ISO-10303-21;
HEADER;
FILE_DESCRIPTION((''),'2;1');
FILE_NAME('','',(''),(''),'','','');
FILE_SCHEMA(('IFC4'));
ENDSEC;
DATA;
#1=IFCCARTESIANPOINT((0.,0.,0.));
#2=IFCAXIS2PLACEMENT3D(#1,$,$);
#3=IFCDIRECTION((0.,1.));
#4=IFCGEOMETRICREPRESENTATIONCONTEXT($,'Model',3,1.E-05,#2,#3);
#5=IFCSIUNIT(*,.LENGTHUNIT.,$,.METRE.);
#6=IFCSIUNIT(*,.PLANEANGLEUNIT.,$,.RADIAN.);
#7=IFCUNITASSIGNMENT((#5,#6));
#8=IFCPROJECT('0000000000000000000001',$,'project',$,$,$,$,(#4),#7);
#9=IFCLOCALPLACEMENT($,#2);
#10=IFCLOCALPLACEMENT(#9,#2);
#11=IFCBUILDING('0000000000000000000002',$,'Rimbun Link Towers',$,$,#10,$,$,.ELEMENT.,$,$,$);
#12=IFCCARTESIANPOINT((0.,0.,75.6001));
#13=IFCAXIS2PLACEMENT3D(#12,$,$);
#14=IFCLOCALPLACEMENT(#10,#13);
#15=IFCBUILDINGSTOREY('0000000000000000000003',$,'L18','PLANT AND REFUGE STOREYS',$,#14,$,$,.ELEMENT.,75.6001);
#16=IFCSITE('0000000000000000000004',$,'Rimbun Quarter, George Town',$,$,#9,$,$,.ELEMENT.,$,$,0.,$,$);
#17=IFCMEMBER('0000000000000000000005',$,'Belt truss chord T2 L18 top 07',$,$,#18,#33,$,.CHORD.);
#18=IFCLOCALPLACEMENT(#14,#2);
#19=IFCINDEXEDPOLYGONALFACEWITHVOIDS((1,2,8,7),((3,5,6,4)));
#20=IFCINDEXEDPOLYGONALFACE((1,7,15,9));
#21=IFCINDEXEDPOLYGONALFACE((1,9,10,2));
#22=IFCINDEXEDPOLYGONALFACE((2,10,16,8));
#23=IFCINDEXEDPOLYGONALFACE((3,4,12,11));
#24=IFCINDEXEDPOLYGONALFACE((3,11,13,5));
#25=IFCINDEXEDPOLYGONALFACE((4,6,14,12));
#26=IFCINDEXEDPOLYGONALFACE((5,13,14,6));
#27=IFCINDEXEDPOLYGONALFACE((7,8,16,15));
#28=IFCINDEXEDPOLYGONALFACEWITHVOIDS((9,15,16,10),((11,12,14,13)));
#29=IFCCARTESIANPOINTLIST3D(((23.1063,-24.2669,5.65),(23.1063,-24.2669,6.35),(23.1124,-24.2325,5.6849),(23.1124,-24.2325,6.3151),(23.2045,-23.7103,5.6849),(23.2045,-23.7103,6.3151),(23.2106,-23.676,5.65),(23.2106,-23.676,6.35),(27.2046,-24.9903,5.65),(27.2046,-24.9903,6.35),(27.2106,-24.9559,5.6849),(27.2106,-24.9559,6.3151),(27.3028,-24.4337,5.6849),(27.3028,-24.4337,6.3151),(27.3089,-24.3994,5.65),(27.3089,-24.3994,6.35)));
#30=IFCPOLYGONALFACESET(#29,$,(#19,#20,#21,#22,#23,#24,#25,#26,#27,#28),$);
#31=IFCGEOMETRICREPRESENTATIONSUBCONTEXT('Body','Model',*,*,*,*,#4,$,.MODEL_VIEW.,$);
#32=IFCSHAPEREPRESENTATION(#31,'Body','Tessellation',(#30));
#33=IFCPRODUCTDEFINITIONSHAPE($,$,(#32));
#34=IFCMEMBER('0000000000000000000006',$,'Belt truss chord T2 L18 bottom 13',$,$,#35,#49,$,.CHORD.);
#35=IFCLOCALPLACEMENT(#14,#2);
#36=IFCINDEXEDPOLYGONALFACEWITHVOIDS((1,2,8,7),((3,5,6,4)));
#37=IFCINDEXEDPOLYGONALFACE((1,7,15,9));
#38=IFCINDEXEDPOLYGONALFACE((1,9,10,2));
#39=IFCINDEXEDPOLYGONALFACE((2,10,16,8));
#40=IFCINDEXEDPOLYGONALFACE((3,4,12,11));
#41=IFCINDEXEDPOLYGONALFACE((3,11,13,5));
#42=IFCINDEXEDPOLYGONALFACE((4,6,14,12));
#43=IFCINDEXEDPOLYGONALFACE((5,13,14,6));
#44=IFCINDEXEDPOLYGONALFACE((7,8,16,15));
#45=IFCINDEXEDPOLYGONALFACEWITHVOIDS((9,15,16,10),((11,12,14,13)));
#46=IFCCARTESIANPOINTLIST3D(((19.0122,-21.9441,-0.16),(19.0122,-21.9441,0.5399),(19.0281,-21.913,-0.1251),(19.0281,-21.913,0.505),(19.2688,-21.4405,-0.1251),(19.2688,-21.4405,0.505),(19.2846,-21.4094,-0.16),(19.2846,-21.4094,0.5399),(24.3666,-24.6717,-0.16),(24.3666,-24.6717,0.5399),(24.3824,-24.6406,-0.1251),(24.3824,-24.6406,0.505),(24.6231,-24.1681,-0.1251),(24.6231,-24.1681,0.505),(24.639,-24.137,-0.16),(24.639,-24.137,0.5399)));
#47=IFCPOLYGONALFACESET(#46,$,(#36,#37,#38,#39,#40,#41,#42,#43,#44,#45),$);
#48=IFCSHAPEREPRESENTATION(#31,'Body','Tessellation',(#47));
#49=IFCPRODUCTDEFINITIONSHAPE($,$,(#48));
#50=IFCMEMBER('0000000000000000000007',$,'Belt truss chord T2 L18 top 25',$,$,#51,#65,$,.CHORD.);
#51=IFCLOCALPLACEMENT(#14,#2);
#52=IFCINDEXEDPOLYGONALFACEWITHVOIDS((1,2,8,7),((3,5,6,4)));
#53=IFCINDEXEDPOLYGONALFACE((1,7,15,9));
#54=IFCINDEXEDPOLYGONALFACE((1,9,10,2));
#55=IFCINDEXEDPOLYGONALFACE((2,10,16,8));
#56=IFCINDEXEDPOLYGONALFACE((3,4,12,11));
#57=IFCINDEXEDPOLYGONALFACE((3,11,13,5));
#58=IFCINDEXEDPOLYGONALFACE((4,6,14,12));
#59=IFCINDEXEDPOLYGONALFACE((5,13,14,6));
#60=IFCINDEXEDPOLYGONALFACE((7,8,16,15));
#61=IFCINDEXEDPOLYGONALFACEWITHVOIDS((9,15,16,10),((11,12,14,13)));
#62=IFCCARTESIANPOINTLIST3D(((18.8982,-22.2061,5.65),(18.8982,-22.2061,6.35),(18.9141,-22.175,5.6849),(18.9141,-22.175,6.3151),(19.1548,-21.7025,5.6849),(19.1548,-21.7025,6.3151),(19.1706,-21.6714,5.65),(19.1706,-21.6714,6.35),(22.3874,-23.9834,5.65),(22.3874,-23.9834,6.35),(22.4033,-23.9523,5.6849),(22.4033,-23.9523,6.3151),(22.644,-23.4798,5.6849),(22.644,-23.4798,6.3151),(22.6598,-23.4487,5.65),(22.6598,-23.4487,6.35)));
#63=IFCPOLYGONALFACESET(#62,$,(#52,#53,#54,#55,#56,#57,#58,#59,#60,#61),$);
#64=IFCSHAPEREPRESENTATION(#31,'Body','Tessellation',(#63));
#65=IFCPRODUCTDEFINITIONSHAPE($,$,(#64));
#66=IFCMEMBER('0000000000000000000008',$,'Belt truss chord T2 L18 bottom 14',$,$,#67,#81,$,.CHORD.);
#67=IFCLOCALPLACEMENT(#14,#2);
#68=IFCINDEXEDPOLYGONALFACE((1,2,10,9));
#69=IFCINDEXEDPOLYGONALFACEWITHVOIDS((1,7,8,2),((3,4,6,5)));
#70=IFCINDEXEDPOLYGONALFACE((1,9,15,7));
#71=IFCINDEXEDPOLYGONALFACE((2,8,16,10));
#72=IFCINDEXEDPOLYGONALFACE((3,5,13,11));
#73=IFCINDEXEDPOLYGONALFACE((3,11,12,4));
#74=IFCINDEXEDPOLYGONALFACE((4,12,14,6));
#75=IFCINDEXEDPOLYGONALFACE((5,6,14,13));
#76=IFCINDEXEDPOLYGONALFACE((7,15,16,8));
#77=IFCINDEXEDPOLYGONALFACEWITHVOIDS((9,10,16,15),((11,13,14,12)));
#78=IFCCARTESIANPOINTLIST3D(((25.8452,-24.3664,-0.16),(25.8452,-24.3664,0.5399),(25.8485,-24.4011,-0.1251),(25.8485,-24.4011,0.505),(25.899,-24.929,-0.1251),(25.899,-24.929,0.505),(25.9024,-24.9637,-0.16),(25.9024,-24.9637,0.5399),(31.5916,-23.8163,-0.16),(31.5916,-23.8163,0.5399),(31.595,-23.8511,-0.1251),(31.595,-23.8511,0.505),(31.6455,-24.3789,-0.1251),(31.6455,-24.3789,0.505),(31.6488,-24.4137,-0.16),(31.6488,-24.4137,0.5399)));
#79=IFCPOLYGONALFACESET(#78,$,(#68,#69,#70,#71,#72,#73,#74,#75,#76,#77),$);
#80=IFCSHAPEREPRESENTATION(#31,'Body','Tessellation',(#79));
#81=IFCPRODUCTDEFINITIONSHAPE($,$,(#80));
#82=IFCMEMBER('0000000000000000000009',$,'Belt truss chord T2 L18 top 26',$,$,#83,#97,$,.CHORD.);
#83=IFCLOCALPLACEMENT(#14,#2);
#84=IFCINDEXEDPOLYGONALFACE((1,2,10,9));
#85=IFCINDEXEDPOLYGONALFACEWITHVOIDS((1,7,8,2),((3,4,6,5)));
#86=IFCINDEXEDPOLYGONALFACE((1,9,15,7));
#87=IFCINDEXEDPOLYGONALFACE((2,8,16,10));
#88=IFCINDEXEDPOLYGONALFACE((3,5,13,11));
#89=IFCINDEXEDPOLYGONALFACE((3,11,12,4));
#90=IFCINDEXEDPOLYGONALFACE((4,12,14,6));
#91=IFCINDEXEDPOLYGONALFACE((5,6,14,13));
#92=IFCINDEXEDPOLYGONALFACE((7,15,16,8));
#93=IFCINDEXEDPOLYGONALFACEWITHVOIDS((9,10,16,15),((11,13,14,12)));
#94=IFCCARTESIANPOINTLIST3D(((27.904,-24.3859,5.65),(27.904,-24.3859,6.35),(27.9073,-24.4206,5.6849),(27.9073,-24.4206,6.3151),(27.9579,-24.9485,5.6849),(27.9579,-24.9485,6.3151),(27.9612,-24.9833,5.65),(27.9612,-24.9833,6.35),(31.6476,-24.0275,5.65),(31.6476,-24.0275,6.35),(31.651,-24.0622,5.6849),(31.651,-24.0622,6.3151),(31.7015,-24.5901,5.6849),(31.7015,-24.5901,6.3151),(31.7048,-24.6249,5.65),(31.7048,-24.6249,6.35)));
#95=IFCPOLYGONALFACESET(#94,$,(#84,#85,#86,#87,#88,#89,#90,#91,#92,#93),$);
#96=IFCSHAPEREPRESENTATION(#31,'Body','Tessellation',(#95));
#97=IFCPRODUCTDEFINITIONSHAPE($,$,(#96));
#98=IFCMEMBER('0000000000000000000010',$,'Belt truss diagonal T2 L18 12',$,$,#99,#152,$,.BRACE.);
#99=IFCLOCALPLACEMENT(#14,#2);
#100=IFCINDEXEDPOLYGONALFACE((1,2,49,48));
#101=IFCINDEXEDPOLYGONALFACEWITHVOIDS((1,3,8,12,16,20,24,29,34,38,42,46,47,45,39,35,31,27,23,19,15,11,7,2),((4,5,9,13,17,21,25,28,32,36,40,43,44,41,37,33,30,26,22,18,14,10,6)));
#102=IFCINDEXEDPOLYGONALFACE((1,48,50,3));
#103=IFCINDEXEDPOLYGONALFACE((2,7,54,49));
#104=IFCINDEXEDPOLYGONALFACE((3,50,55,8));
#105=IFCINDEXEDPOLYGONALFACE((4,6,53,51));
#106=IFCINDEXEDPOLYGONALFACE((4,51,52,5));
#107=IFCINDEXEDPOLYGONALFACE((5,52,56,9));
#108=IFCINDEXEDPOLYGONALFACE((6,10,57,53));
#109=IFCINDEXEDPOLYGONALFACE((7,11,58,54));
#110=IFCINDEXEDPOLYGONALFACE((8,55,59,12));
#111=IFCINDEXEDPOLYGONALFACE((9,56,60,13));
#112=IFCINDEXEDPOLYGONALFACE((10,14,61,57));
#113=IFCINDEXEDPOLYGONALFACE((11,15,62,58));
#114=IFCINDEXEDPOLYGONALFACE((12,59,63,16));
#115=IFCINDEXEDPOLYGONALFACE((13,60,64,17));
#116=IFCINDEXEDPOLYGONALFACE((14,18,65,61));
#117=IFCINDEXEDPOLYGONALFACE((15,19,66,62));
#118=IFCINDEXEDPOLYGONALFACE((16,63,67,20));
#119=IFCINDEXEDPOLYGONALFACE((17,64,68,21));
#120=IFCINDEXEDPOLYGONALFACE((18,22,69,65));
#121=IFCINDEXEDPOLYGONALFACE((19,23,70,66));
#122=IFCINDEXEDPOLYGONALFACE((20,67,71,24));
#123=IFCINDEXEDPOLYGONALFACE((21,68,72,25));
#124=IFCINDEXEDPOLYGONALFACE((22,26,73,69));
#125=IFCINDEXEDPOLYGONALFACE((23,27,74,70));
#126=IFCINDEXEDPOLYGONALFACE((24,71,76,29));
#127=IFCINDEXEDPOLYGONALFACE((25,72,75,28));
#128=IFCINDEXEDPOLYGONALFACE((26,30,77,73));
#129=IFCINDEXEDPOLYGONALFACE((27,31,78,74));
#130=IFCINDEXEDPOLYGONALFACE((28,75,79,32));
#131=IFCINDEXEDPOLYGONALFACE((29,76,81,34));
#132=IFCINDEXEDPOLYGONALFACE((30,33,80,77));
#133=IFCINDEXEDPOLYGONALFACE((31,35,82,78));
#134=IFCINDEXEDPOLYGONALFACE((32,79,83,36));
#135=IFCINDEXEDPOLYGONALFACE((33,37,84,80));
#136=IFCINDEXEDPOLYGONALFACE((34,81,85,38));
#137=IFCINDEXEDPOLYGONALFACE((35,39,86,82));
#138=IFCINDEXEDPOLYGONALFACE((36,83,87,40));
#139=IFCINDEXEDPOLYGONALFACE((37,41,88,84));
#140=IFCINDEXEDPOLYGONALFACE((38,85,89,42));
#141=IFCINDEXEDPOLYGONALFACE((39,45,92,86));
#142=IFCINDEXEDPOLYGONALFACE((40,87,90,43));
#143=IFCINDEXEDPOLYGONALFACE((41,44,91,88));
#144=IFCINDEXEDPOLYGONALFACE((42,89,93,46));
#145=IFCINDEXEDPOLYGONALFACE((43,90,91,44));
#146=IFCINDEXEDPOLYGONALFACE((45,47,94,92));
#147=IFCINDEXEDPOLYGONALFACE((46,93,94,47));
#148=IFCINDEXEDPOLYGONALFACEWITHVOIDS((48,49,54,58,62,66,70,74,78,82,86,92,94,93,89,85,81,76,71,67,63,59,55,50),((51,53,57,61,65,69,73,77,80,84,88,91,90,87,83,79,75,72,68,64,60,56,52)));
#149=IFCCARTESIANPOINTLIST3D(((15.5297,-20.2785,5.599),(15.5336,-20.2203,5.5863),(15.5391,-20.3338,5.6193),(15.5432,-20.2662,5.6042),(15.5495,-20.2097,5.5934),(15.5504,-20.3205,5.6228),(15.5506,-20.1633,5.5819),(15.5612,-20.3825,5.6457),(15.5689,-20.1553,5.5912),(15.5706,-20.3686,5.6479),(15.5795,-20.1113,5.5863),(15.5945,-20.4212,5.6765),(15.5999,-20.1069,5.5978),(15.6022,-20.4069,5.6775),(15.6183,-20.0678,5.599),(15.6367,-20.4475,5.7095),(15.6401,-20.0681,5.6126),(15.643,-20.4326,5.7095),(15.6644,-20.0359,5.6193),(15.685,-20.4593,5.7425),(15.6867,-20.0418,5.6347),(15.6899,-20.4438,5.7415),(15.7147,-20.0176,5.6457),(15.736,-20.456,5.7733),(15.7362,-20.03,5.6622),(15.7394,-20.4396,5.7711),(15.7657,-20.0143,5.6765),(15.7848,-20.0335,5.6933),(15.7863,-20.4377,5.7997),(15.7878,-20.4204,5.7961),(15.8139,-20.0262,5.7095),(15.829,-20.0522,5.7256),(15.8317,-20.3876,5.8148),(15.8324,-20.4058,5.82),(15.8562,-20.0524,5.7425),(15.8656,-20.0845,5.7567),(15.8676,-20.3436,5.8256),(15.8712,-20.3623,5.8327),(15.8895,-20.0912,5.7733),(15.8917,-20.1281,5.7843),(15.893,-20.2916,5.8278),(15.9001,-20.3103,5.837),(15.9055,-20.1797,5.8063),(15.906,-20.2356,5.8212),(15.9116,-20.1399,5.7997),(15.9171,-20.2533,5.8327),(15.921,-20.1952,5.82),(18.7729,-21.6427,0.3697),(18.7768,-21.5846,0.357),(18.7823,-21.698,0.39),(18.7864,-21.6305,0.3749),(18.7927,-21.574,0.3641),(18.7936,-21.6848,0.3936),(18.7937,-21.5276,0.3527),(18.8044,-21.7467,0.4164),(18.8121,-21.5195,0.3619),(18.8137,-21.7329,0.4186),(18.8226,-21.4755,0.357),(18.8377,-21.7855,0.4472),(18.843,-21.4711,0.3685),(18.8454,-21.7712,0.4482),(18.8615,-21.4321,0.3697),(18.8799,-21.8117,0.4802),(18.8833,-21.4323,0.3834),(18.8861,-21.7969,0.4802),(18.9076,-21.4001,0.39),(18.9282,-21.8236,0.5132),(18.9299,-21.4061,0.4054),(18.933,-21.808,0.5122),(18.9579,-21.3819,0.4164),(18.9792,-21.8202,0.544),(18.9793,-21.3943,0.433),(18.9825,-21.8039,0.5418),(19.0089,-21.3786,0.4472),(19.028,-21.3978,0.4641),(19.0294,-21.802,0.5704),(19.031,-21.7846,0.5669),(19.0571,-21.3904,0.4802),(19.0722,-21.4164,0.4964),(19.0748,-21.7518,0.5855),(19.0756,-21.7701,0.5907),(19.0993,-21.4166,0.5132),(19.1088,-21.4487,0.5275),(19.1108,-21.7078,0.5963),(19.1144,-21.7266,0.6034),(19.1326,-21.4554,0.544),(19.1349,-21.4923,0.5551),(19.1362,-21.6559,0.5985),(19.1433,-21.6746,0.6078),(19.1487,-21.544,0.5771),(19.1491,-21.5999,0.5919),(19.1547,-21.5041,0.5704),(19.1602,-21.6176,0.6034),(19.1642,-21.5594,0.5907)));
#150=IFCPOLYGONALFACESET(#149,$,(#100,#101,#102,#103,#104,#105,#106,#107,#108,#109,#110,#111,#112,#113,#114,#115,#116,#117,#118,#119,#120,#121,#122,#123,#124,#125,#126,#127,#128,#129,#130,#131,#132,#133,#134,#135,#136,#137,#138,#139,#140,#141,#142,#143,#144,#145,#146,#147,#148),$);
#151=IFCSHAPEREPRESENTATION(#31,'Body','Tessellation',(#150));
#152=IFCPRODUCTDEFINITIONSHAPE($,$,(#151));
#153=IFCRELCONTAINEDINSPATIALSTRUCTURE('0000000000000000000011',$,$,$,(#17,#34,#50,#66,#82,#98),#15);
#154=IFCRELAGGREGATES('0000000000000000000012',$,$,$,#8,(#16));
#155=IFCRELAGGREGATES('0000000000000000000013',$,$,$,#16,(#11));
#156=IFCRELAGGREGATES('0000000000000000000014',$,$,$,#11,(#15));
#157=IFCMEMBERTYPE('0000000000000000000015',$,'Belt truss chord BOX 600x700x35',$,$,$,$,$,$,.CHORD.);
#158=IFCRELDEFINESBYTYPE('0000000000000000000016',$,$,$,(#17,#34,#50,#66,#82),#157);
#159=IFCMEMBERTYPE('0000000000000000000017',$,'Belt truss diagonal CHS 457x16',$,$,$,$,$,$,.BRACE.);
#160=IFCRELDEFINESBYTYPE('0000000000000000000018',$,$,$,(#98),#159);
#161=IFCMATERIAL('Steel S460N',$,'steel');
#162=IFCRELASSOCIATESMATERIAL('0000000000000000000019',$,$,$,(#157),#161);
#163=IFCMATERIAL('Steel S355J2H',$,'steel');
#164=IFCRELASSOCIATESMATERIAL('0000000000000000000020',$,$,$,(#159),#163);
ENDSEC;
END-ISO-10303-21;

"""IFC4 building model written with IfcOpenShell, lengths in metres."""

from ifc_helpers import new_model, si_unit, direction, frame, origin, origin_2d, place, context, subcontext, project, spatial, hollow_rectangle, hollow_circle, extrude, material, material_profile, profile_set, type_object, element, save


model = new_model("IFC4")

# Units and contexts
model_context = context("Model", 3, precision=1e-05, world=origin(), true_north=direction((0.0, 1.0)))
body_context = subcontext(model_context, "Body", "Model", "MODEL_VIEW")
ifc_project = project(units=[si_unit("LENGTHUNIT", "METRE"), si_unit("PLANEANGLEUNIT", "RADIAN")], contexts=[model_context])

# Site, building, storey
site_placement = place(None, origin())
site = spatial("IfcSite", under=ifc_project, at=site_placement, Name="Rimbun Quarter, George Town", CompositionType="ELEMENT", RefElevation=0.0)
building_placement = place(site_placement, origin())
building = spatial("IfcBuilding", under=site, at=building_placement, Name="Rimbun Link Towers", CompositionType="ELEMENT")
storey_placement = place(building_placement, frame((0.0, 0.0, 75.6001)))
storey = spatial("IfcBuildingStorey", under=building, at=storey_placement, Name="L18", Description="PLANT AND REFUGE STOREYS", CompositionType="ELEMENT", Elevation=75.6001)

# Members
ifc_material_1 = material(Name="Steel S460N", Category="steel")
ifc_material_profile_1 = material_profile(ifc_material_1, hollow_rectangle(XDim=0.6001, YDim=0.7, WallThickness=0.0349, at=origin_2d()), Name="Belt truss chord BOX 600x700x35")
ifc_profile_set_1 = profile_set([ifc_material_profile_1], Name="Steel S460N")
member_type_1 = type_object("IfcMemberType", Name="Belt truss chord BOX 600x700x35", PredefinedType="CHORD", material=ifc_profile_set_1)
member_1_placement = place(storey_placement, frame((23.1584, -23.9714, 6.0), z_axis=(0.984776, -0.173829, 0.0), x_axis=(0.173829, 0.984776, 0.0)))
element("IfcMember", 1, at=member_1_placement, inside=storey, type_object=member_type_1, Name="Belt truss chord T2 L18 top 07", PredefinedType="CHORD", context=body_context, shape_type="SweptSolid", body=[
    extrude(hollow_rectangle(XDim=0.6001, YDim=0.7, WallThickness=0.0349, at=origin_2d()), origin(), (0.0, 0.0, 1.0), 4.1616),
])
member_2_placement = place(storey_placement, frame((19.1484, -21.6768, 0.1899), z_axis=(0.891046, -0.453913, 0.0), x_axis=(0.453913, 0.891046, 0.0)))
element("IfcMember", 2, at=member_2_placement, inside=storey, type_object=member_type_1, Name="Belt truss chord T2 L18 bottom 13", PredefinedType="CHORD", context=body_context, shape_type="SweptSolid", body=[
    extrude(hollow_rectangle(XDim=0.6001, YDim=0.7, WallThickness=0.0349, at=origin_2d()), origin(), (0.0, 0.0, 1.0), 6.009),
])
member_3_placement = place(storey_placement, frame((19.0344, -21.9387, 6.0), z_axis=(0.89106, -0.453885, 0.0), x_axis=(0.453885, 0.89106, 0.0)))
element("IfcMember", 3, at=member_3_placement, inside=storey, type_object=member_type_1, Name="Belt truss chord T2 L18 top 25", PredefinedType="CHORD", context=body_context, shape_type="SweptSolid", body=[
    extrude(hollow_rectangle(XDim=0.6001, YDim=0.7, WallThickness=0.0349, at=origin_2d()), origin(), (0.0, 0.0, 1.0), 3.9158),
])
member_4_placement = place(storey_placement, frame((25.8738, -24.665, 0.1899), z_axis=(0.99545, 0.095286, 0.0), x_axis=(-0.095286, 0.99545, 0.0)))
element("IfcMember", 4, at=member_4_placement, inside=storey, type_object=member_type_1, Name="Belt truss chord T2 L18 bottom 14", PredefinedType="CHORD", context=body_context, shape_type="SweptSolid", body=[
    extrude(hollow_rectangle(XDim=0.6001, YDim=0.7, WallThickness=0.0349, at=origin_2d()), origin(), (0.0, 0.0, 1.0), 5.7727),
])
member_5_placement = place(storey_placement, frame((27.9326, -24.6846, 6.0), z_axis=(0.995449, 0.095299, 0.0), x_axis=(-0.095299, 0.995449, 0.0)))
element("IfcMember", 5, at=member_5_placement, inside=storey, type_object=member_type_1, Name="Belt truss chord T2 L18 top 26", PredefinedType="CHORD", context=body_context, shape_type="SweptSolid", body=[
    extrude(hollow_rectangle(XDim=0.6001, YDim=0.7, WallThickness=0.0349, at=origin_2d()), origin(), (0.0, 0.0, 1.0), 3.7607),
])
ifc_material_2 = material(Name="Steel S355J2H", Category="steel")
ifc_material_profile_2 = material_profile(ifc_material_2, hollow_circle(Radius=0.2285, WallThickness=0.0161, at=origin_2d()), Name="Belt truss diagonal CHS 457x16")
ifc_profile_set_2 = profile_set([ifc_material_profile_2], Name="Steel S355J2H")
member_type_2 = type_object("IfcMemberType", Name="Belt truss diagonal CHS 457x16", PredefinedType="BRACE", material=ifc_profile_set_2)
member_6_placement = place(storey_placement, frame((18.9685, -21.6011, 0.4802), z_axis=(-0.514565, 0.216455, 0.82968), x_axis=(-0.387747, -0.921766, 0.0)))
element("IfcMember", 6, at=member_6_placement, inside=storey, type_object=member_type_2, Name="Belt truss diagonal T2 L18 12", PredefinedType="BRACE", context=body_context, shape_type="SweptSolid", body=[
    extrude(hollow_circle(Radius=0.2285, WallThickness=0.0161, at=origin_2d()), origin(), (0.0, 0.0, 1.0), 6.3027),
])

save(model, "model.ifc")
